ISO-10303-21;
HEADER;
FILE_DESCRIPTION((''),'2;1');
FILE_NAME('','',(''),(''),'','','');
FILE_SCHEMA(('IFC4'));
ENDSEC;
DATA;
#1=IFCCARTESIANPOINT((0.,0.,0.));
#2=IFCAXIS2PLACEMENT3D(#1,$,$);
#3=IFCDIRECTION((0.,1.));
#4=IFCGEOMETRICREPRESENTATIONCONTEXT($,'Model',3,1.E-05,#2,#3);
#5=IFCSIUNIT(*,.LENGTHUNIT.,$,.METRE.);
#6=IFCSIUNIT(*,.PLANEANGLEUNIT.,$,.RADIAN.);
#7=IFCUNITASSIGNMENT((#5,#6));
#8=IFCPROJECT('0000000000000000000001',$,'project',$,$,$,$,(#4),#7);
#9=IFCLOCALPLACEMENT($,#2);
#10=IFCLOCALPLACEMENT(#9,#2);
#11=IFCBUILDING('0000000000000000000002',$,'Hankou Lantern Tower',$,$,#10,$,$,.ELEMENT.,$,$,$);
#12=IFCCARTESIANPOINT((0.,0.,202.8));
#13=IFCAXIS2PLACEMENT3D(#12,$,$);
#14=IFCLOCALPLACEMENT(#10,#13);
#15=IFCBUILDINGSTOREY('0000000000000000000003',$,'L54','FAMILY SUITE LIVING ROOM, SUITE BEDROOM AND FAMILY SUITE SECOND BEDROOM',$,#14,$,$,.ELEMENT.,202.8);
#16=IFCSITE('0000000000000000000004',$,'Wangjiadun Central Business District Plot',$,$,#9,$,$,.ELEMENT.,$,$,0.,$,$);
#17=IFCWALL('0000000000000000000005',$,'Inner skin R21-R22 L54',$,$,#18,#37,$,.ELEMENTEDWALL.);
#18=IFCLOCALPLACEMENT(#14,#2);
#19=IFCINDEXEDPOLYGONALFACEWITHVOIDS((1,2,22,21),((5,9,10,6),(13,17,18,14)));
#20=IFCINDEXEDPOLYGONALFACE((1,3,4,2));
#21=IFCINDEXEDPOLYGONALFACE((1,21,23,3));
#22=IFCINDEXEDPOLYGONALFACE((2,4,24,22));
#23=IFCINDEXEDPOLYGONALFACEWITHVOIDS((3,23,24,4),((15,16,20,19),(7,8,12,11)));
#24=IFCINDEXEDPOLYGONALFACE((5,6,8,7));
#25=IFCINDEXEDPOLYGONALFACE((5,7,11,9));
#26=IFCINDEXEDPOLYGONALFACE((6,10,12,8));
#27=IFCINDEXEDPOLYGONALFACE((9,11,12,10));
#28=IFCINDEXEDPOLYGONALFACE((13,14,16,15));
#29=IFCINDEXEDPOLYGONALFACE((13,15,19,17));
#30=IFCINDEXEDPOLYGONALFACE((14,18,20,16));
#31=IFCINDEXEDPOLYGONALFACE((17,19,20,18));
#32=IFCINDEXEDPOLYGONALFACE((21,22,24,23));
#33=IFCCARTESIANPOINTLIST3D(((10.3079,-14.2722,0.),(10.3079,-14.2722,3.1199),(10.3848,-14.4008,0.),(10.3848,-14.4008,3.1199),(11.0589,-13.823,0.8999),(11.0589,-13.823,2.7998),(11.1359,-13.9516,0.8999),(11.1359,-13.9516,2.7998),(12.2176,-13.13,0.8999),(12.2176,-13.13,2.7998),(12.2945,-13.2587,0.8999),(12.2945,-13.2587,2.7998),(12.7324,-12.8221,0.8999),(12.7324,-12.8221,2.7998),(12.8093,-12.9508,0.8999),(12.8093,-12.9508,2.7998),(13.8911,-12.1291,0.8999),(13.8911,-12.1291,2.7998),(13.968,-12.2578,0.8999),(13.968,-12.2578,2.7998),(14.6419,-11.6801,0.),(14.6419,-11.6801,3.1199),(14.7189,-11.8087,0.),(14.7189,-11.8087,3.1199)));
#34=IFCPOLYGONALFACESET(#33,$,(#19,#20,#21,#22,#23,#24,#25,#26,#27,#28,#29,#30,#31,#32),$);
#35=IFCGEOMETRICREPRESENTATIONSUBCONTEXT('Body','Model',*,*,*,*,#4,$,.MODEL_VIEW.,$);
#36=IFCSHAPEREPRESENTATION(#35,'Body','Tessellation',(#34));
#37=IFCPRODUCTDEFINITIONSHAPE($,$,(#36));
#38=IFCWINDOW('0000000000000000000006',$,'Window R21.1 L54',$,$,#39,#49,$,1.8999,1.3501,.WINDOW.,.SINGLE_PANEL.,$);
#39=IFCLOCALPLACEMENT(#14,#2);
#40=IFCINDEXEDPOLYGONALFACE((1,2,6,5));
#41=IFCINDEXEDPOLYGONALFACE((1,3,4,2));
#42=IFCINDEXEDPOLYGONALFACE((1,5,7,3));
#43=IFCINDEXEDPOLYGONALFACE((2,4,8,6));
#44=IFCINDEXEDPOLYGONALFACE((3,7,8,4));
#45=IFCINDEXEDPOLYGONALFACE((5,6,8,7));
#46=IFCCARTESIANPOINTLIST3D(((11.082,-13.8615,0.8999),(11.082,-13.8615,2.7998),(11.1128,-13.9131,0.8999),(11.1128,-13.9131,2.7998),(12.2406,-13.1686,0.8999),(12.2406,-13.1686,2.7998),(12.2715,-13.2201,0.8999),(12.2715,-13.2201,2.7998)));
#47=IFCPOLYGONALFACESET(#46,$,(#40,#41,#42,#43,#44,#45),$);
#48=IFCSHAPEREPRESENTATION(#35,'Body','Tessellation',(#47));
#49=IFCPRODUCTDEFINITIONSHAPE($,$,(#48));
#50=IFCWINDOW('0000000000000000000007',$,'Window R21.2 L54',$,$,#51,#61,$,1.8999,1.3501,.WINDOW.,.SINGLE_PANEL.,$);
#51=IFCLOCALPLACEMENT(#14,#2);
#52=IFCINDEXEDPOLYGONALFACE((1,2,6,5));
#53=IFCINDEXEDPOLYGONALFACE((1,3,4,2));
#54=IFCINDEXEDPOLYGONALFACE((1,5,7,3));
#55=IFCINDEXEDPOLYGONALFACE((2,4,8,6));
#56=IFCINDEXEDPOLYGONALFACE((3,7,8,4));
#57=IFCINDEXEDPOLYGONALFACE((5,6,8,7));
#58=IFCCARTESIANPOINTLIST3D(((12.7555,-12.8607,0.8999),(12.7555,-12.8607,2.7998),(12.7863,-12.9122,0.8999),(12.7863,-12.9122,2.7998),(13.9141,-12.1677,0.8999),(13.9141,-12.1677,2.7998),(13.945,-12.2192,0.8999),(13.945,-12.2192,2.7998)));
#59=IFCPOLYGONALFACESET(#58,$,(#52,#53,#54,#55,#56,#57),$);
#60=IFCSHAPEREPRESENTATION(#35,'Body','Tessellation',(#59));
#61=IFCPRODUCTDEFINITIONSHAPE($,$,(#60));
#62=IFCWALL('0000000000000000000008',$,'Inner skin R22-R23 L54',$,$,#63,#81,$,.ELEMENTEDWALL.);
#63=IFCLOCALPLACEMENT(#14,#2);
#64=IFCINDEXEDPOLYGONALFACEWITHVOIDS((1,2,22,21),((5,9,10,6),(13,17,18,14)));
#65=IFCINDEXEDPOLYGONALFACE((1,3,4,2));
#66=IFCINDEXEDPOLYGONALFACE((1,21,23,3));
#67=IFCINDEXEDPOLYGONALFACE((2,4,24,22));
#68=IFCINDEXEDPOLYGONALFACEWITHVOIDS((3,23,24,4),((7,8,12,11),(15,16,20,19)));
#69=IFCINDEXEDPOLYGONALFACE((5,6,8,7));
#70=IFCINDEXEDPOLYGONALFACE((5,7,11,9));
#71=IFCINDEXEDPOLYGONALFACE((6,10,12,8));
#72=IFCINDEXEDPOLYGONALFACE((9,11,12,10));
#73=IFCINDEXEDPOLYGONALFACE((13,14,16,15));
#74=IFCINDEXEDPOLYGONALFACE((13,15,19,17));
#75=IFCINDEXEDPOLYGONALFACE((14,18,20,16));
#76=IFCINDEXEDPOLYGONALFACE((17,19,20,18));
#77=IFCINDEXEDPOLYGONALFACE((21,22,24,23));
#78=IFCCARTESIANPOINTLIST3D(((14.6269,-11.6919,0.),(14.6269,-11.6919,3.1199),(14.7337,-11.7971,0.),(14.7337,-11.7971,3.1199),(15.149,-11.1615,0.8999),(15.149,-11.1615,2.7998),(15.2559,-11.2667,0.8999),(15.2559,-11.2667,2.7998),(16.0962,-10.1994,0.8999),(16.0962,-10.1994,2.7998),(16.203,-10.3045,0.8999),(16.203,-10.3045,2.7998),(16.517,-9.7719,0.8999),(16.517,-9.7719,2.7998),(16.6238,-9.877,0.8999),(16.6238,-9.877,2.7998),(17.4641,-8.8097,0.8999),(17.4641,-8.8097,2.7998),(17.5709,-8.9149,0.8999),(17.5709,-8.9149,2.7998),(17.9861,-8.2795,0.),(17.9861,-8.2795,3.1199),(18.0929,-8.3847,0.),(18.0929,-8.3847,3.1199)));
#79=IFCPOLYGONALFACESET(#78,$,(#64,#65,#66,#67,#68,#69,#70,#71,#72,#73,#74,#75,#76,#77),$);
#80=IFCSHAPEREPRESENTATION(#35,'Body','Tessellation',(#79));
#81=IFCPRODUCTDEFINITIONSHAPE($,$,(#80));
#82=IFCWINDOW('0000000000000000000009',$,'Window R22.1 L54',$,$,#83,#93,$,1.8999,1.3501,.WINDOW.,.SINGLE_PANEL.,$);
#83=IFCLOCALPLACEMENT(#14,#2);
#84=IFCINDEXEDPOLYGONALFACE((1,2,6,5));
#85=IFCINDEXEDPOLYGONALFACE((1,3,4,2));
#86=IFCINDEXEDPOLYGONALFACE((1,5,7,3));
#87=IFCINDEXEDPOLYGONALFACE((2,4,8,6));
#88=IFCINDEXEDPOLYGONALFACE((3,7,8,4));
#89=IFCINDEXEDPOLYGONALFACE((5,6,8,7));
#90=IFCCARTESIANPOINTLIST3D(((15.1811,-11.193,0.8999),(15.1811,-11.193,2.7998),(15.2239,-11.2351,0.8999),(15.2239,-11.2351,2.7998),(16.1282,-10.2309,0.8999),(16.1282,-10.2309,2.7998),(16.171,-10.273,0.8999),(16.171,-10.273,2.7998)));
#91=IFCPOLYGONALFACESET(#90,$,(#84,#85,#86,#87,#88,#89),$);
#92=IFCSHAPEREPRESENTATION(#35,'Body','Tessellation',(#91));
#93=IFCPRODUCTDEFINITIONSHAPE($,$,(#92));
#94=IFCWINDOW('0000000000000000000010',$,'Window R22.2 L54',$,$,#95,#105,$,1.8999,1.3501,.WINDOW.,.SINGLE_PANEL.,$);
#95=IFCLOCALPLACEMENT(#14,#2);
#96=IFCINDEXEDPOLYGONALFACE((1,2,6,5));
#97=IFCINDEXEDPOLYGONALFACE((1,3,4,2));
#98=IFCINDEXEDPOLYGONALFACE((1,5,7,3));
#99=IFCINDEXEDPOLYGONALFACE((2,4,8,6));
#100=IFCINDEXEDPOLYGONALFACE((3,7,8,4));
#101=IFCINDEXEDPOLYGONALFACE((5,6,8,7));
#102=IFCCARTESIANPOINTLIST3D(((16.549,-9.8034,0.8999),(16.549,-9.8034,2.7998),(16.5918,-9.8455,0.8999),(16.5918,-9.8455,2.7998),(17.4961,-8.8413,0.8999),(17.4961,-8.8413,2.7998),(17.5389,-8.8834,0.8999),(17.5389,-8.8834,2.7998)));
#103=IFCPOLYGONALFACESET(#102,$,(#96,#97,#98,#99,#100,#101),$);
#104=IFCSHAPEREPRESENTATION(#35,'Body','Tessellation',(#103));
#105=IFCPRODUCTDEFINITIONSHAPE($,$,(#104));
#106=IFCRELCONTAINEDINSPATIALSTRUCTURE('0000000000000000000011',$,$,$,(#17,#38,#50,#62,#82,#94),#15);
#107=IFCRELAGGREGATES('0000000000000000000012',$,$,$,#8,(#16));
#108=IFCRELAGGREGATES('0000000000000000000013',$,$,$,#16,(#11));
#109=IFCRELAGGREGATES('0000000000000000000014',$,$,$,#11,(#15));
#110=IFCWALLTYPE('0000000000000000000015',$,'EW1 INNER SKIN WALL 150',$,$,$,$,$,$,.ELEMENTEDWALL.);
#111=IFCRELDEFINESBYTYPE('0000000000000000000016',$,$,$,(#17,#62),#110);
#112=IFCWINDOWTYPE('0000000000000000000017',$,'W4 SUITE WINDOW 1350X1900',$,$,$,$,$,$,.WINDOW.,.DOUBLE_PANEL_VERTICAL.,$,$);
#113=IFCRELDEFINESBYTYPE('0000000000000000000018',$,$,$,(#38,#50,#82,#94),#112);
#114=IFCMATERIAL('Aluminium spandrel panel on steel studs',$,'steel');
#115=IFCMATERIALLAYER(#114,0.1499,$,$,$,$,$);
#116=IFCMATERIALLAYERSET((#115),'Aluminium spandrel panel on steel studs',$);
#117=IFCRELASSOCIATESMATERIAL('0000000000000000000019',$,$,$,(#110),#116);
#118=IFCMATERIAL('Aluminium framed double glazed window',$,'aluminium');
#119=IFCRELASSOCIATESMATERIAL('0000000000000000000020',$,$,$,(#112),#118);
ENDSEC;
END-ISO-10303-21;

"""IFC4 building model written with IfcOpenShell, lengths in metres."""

from ifc_helpers import new_model, si_unit, direction, frame, frame_2d, origin, place, context, subcontext, project, spatial, rectangle, extrude, material, layer, layer_set, type_object, element, fill, save


model = new_model("IFC4")

# Units and contexts
model_context = context("Model", 3, precision=1e-05, world=origin(), true_north=direction((0.0, 1.0)))
body_context = subcontext(model_context, "Body", "Model", "MODEL_VIEW")
ifc_project = project(units=[si_unit("LENGTHUNIT", "METRE"), si_unit("PLANEANGLEUNIT", "RADIAN")], contexts=[model_context])

# Site, building, storey
site_placement = place(None, origin())
site = spatial("IfcSite", under=ifc_project, at=site_placement, Name="Wangjiadun Central Business District Plot", CompositionType="ELEMENT", RefElevation=0.0)
building_placement = place(site_placement, origin())
building = spatial("IfcBuilding", under=site, at=building_placement, Name="Hankou Lantern Tower", CompositionType="ELEMENT")
storey_placement = place(building_placement, frame((0.0, 0.0, 202.8)))
storey = spatial("IfcBuildingStorey", under=building, at=storey_placement, Name="L54", Description="FAMILY SUITE LIVING ROOM, SUITE BEDROOM AND FAMILY SUITE SECOND BEDROOM", CompositionType="ELEMENT", Elevation=202.8)

# Walls, openings, windows
ifc_material_1 = material(Name="Aluminium spandrel panel on steel studs", Category="steel")
ifc_layer_1 = layer(ifc_material_1, 0.1499)
ifc_layer_set_1 = layer_set([ifc_layer_1], Name="Aluminium spandrel panel on steel studs")
wall_type_1 = type_object("IfcWallType", Name="EW1 INNER SKIN WALL 150", PredefinedType="ELEMENTEDWALL", material=ifc_layer_set_1)
wall_1_placement = place(storey_placement, frame((10.3464, -14.3364, 0.0), z_axis=(0.0, 0.0, 1.0), x_axis=(0.858222, 0.51328, 0.0)))
wall_1 = element("IfcWall", 1, at=wall_1_placement, inside=storey, type_object=wall_type_1, Name="Inner skin R21-R22 L54", PredefinedType="ELEMENTEDWALL", context=body_context, shape_type="SweptSolid", body=[
    extrude(rectangle(XDim=5.05, YDim=0.1499, at=frame_2d((2.5249, 0.0))), origin(), (0.0, 0.0, 1.0), 3.1199),
])
opening_1_placement = place(wall_1_placement, frame((0.875, 0.0, 0.8999)))
opening_1 = element("IfcOpeningElement", 2, at=opening_1_placement, cuts=wall_1, PredefinedType="OPENING", context=body_context, shape_type="SweptSolid", body=[
    extrude(rectangle(XDim=1.3501, YDim=1.8999, at=frame_2d((0.675, 0.95))), frame((0.0, 0.085, 0.0), z_axis=(0.0, -1.0, 0.0), x_axis=(1.0, 0.0, 0.0)), (0.0, 0.0, 1.0), 0.1699),
])
opening_2_placement = place(wall_1_placement, frame((2.825, 0.0, 0.8999)))
opening_2 = element("IfcOpeningElement", 3, at=opening_2_placement, cuts=wall_1, PredefinedType="OPENING", context=body_context, shape_type="SweptSolid", body=[
    extrude(rectangle(XDim=1.3501, YDim=1.8999, at=frame_2d((0.675, 0.95))), frame((0.0, 0.085, 0.0), z_axis=(0.0, -1.0, 0.0), x_axis=(1.0, 0.0, 0.0)), (0.0, 0.0, 1.0), 0.1699),
])
ifc_material_2 = material(Name="Aluminium framed double glazed window", Category="aluminium")
window_type = type_object("IfcWindowType", Name="W4 SUITE WINDOW 1350X1900", PartitioningType="DOUBLE_PANEL_VERTICAL", PredefinedType="WINDOW", material=ifc_material_2)
window_1_placement = place(opening_1_placement, origin())
window_1 = element("IfcWindow", 4, at=window_1_placement, inside=storey, type_object=window_type, Name="Window R21.1 L54", OverallHeight=1.8999, OverallWidth=1.3501, PartitioningType="SINGLE_PANEL", PredefinedType="WINDOW", context=body_context, shape_type="SweptSolid", body=[
    extrude(rectangle(XDim=1.3501, YDim=1.8999, at=frame_2d((0.675, 0.95))), frame((0.0, 0.03, 0.0), z_axis=(0.0, -1.0, 0.0), x_axis=(1.0, 0.0, 0.0)), (0.0, 0.0, 1.0), 0.0601),
])
fill(opening_1, window_1)
window_2_placement = place(opening_2_placement, origin())
window_2 = element("IfcWindow", 5, at=window_2_placement, inside=storey, type_object=window_type, Name="Window R21.2 L54", OverallHeight=1.8999, OverallWidth=1.3501, PartitioningType="SINGLE_PANEL", PredefinedType="WINDOW", context=body_context, shape_type="SweptSolid", body=[
    extrude(rectangle(XDim=1.3501, YDim=1.8999, at=frame_2d((0.675, 0.95))), frame((0.0, 0.03, 0.0), z_axis=(0.0, -1.0, 0.0), x_axis=(1.0, 0.0, 0.0)), (0.0, 0.0, 1.0), 0.0601),
])
fill(opening_2, window_2)
wall_2_placement = place(storey_placement, frame((14.6804, -11.7444, 0.0), z_axis=(0.0, 0.0, 1.0), x_axis=(0.701527, 0.712643, 0.0)))
wall_2 = element("IfcWall", 6, at=wall_2_placement, inside=storey, type_object=wall_type_1, Name="Inner skin R22-R23 L54", PredefinedType="ELEMENTEDWALL", context=body_context, shape_type="SweptSolid", body=[
    extrude(rectangle(XDim=4.7883, YDim=0.1499, at=frame_2d((2.394, 0.0))), origin(), (0.0, 0.0, 1.0), 3.1199),
])
opening_3_placement = place(wall_2_placement, frame((0.7441, 0.0, 0.8999)))
opening_3 = element("IfcOpeningElement", 7, at=opening_3_placement, cuts=wall_2, PredefinedType="OPENING", context=body_context, shape_type="SweptSolid", body=[
    extrude(rectangle(XDim=1.3501, YDim=1.8999, at=frame_2d((0.675, 0.95))), frame((0.0, 0.085, 0.0), z_axis=(0.0, -1.0, 0.0), x_axis=(1.0, 0.0, 0.0)), (0.0, 0.0, 1.0), 0.1699),
])
opening_4_placement = place(wall_2_placement, frame((2.6941, 0.0, 0.8999)))
opening_4 = element("IfcOpeningElement", 8, at=opening_4_placement, cuts=wall_2, PredefinedType="OPENING", context=body_context, shape_type="SweptSolid", body=[
    extrude(rectangle(XDim=1.3501, YDim=1.8999, at=frame_2d((0.675, 0.95))), frame((0.0, 0.085, 0.0), z_axis=(0.0, -1.0, 0.0), x_axis=(1.0, 0.0, 0.0)), (0.0, 0.0, 1.0), 0.1699),
])
window_3_placement = place(opening_3_placement, origin())
window_3 = element("IfcWindow", 9, at=window_3_placement, inside=storey, type_object=window_type, Name="Window R22.1 L54", OverallHeight=1.8999, OverallWidth=1.3501, PartitioningType="SINGLE_PANEL", PredefinedType="WINDOW", context=body_context, shape_type="SweptSolid", body=[
    extrude(rectangle(XDim=1.3501, YDim=1.8999, at=frame_2d((0.675, 0.95))), frame((0.0, 0.03, 0.0), z_axis=(0.0, -1.0, 0.0), x_axis=(1.0, 0.0, 0.0)), (0.0, 0.0, 1.0), 0.0601),
])
fill(opening_3, window_3)
window_4_placement = place(opening_4_placement, origin())
window_4 = element("IfcWindow", 10, at=window_4_placement, inside=storey, type_object=window_type, Name="Window R22.2 L54", OverallHeight=1.8999, OverallWidth=1.3501, PartitioningType="SINGLE_PANEL", PredefinedType="WINDOW", context=body_context, shape_type="SweptSolid", body=[
    extrude(rectangle(XDim=1.3501, YDim=1.8999, at=frame_2d((0.675, 0.95))), frame((0.0, 0.03, 0.0), z_axis=(0.0, -1.0, 0.0), x_axis=(1.0, 0.0, 0.0)), (0.0, 0.0, 1.0), 0.0601),
])
fill(opening_4, window_4)

save(model, "model.ifc")
